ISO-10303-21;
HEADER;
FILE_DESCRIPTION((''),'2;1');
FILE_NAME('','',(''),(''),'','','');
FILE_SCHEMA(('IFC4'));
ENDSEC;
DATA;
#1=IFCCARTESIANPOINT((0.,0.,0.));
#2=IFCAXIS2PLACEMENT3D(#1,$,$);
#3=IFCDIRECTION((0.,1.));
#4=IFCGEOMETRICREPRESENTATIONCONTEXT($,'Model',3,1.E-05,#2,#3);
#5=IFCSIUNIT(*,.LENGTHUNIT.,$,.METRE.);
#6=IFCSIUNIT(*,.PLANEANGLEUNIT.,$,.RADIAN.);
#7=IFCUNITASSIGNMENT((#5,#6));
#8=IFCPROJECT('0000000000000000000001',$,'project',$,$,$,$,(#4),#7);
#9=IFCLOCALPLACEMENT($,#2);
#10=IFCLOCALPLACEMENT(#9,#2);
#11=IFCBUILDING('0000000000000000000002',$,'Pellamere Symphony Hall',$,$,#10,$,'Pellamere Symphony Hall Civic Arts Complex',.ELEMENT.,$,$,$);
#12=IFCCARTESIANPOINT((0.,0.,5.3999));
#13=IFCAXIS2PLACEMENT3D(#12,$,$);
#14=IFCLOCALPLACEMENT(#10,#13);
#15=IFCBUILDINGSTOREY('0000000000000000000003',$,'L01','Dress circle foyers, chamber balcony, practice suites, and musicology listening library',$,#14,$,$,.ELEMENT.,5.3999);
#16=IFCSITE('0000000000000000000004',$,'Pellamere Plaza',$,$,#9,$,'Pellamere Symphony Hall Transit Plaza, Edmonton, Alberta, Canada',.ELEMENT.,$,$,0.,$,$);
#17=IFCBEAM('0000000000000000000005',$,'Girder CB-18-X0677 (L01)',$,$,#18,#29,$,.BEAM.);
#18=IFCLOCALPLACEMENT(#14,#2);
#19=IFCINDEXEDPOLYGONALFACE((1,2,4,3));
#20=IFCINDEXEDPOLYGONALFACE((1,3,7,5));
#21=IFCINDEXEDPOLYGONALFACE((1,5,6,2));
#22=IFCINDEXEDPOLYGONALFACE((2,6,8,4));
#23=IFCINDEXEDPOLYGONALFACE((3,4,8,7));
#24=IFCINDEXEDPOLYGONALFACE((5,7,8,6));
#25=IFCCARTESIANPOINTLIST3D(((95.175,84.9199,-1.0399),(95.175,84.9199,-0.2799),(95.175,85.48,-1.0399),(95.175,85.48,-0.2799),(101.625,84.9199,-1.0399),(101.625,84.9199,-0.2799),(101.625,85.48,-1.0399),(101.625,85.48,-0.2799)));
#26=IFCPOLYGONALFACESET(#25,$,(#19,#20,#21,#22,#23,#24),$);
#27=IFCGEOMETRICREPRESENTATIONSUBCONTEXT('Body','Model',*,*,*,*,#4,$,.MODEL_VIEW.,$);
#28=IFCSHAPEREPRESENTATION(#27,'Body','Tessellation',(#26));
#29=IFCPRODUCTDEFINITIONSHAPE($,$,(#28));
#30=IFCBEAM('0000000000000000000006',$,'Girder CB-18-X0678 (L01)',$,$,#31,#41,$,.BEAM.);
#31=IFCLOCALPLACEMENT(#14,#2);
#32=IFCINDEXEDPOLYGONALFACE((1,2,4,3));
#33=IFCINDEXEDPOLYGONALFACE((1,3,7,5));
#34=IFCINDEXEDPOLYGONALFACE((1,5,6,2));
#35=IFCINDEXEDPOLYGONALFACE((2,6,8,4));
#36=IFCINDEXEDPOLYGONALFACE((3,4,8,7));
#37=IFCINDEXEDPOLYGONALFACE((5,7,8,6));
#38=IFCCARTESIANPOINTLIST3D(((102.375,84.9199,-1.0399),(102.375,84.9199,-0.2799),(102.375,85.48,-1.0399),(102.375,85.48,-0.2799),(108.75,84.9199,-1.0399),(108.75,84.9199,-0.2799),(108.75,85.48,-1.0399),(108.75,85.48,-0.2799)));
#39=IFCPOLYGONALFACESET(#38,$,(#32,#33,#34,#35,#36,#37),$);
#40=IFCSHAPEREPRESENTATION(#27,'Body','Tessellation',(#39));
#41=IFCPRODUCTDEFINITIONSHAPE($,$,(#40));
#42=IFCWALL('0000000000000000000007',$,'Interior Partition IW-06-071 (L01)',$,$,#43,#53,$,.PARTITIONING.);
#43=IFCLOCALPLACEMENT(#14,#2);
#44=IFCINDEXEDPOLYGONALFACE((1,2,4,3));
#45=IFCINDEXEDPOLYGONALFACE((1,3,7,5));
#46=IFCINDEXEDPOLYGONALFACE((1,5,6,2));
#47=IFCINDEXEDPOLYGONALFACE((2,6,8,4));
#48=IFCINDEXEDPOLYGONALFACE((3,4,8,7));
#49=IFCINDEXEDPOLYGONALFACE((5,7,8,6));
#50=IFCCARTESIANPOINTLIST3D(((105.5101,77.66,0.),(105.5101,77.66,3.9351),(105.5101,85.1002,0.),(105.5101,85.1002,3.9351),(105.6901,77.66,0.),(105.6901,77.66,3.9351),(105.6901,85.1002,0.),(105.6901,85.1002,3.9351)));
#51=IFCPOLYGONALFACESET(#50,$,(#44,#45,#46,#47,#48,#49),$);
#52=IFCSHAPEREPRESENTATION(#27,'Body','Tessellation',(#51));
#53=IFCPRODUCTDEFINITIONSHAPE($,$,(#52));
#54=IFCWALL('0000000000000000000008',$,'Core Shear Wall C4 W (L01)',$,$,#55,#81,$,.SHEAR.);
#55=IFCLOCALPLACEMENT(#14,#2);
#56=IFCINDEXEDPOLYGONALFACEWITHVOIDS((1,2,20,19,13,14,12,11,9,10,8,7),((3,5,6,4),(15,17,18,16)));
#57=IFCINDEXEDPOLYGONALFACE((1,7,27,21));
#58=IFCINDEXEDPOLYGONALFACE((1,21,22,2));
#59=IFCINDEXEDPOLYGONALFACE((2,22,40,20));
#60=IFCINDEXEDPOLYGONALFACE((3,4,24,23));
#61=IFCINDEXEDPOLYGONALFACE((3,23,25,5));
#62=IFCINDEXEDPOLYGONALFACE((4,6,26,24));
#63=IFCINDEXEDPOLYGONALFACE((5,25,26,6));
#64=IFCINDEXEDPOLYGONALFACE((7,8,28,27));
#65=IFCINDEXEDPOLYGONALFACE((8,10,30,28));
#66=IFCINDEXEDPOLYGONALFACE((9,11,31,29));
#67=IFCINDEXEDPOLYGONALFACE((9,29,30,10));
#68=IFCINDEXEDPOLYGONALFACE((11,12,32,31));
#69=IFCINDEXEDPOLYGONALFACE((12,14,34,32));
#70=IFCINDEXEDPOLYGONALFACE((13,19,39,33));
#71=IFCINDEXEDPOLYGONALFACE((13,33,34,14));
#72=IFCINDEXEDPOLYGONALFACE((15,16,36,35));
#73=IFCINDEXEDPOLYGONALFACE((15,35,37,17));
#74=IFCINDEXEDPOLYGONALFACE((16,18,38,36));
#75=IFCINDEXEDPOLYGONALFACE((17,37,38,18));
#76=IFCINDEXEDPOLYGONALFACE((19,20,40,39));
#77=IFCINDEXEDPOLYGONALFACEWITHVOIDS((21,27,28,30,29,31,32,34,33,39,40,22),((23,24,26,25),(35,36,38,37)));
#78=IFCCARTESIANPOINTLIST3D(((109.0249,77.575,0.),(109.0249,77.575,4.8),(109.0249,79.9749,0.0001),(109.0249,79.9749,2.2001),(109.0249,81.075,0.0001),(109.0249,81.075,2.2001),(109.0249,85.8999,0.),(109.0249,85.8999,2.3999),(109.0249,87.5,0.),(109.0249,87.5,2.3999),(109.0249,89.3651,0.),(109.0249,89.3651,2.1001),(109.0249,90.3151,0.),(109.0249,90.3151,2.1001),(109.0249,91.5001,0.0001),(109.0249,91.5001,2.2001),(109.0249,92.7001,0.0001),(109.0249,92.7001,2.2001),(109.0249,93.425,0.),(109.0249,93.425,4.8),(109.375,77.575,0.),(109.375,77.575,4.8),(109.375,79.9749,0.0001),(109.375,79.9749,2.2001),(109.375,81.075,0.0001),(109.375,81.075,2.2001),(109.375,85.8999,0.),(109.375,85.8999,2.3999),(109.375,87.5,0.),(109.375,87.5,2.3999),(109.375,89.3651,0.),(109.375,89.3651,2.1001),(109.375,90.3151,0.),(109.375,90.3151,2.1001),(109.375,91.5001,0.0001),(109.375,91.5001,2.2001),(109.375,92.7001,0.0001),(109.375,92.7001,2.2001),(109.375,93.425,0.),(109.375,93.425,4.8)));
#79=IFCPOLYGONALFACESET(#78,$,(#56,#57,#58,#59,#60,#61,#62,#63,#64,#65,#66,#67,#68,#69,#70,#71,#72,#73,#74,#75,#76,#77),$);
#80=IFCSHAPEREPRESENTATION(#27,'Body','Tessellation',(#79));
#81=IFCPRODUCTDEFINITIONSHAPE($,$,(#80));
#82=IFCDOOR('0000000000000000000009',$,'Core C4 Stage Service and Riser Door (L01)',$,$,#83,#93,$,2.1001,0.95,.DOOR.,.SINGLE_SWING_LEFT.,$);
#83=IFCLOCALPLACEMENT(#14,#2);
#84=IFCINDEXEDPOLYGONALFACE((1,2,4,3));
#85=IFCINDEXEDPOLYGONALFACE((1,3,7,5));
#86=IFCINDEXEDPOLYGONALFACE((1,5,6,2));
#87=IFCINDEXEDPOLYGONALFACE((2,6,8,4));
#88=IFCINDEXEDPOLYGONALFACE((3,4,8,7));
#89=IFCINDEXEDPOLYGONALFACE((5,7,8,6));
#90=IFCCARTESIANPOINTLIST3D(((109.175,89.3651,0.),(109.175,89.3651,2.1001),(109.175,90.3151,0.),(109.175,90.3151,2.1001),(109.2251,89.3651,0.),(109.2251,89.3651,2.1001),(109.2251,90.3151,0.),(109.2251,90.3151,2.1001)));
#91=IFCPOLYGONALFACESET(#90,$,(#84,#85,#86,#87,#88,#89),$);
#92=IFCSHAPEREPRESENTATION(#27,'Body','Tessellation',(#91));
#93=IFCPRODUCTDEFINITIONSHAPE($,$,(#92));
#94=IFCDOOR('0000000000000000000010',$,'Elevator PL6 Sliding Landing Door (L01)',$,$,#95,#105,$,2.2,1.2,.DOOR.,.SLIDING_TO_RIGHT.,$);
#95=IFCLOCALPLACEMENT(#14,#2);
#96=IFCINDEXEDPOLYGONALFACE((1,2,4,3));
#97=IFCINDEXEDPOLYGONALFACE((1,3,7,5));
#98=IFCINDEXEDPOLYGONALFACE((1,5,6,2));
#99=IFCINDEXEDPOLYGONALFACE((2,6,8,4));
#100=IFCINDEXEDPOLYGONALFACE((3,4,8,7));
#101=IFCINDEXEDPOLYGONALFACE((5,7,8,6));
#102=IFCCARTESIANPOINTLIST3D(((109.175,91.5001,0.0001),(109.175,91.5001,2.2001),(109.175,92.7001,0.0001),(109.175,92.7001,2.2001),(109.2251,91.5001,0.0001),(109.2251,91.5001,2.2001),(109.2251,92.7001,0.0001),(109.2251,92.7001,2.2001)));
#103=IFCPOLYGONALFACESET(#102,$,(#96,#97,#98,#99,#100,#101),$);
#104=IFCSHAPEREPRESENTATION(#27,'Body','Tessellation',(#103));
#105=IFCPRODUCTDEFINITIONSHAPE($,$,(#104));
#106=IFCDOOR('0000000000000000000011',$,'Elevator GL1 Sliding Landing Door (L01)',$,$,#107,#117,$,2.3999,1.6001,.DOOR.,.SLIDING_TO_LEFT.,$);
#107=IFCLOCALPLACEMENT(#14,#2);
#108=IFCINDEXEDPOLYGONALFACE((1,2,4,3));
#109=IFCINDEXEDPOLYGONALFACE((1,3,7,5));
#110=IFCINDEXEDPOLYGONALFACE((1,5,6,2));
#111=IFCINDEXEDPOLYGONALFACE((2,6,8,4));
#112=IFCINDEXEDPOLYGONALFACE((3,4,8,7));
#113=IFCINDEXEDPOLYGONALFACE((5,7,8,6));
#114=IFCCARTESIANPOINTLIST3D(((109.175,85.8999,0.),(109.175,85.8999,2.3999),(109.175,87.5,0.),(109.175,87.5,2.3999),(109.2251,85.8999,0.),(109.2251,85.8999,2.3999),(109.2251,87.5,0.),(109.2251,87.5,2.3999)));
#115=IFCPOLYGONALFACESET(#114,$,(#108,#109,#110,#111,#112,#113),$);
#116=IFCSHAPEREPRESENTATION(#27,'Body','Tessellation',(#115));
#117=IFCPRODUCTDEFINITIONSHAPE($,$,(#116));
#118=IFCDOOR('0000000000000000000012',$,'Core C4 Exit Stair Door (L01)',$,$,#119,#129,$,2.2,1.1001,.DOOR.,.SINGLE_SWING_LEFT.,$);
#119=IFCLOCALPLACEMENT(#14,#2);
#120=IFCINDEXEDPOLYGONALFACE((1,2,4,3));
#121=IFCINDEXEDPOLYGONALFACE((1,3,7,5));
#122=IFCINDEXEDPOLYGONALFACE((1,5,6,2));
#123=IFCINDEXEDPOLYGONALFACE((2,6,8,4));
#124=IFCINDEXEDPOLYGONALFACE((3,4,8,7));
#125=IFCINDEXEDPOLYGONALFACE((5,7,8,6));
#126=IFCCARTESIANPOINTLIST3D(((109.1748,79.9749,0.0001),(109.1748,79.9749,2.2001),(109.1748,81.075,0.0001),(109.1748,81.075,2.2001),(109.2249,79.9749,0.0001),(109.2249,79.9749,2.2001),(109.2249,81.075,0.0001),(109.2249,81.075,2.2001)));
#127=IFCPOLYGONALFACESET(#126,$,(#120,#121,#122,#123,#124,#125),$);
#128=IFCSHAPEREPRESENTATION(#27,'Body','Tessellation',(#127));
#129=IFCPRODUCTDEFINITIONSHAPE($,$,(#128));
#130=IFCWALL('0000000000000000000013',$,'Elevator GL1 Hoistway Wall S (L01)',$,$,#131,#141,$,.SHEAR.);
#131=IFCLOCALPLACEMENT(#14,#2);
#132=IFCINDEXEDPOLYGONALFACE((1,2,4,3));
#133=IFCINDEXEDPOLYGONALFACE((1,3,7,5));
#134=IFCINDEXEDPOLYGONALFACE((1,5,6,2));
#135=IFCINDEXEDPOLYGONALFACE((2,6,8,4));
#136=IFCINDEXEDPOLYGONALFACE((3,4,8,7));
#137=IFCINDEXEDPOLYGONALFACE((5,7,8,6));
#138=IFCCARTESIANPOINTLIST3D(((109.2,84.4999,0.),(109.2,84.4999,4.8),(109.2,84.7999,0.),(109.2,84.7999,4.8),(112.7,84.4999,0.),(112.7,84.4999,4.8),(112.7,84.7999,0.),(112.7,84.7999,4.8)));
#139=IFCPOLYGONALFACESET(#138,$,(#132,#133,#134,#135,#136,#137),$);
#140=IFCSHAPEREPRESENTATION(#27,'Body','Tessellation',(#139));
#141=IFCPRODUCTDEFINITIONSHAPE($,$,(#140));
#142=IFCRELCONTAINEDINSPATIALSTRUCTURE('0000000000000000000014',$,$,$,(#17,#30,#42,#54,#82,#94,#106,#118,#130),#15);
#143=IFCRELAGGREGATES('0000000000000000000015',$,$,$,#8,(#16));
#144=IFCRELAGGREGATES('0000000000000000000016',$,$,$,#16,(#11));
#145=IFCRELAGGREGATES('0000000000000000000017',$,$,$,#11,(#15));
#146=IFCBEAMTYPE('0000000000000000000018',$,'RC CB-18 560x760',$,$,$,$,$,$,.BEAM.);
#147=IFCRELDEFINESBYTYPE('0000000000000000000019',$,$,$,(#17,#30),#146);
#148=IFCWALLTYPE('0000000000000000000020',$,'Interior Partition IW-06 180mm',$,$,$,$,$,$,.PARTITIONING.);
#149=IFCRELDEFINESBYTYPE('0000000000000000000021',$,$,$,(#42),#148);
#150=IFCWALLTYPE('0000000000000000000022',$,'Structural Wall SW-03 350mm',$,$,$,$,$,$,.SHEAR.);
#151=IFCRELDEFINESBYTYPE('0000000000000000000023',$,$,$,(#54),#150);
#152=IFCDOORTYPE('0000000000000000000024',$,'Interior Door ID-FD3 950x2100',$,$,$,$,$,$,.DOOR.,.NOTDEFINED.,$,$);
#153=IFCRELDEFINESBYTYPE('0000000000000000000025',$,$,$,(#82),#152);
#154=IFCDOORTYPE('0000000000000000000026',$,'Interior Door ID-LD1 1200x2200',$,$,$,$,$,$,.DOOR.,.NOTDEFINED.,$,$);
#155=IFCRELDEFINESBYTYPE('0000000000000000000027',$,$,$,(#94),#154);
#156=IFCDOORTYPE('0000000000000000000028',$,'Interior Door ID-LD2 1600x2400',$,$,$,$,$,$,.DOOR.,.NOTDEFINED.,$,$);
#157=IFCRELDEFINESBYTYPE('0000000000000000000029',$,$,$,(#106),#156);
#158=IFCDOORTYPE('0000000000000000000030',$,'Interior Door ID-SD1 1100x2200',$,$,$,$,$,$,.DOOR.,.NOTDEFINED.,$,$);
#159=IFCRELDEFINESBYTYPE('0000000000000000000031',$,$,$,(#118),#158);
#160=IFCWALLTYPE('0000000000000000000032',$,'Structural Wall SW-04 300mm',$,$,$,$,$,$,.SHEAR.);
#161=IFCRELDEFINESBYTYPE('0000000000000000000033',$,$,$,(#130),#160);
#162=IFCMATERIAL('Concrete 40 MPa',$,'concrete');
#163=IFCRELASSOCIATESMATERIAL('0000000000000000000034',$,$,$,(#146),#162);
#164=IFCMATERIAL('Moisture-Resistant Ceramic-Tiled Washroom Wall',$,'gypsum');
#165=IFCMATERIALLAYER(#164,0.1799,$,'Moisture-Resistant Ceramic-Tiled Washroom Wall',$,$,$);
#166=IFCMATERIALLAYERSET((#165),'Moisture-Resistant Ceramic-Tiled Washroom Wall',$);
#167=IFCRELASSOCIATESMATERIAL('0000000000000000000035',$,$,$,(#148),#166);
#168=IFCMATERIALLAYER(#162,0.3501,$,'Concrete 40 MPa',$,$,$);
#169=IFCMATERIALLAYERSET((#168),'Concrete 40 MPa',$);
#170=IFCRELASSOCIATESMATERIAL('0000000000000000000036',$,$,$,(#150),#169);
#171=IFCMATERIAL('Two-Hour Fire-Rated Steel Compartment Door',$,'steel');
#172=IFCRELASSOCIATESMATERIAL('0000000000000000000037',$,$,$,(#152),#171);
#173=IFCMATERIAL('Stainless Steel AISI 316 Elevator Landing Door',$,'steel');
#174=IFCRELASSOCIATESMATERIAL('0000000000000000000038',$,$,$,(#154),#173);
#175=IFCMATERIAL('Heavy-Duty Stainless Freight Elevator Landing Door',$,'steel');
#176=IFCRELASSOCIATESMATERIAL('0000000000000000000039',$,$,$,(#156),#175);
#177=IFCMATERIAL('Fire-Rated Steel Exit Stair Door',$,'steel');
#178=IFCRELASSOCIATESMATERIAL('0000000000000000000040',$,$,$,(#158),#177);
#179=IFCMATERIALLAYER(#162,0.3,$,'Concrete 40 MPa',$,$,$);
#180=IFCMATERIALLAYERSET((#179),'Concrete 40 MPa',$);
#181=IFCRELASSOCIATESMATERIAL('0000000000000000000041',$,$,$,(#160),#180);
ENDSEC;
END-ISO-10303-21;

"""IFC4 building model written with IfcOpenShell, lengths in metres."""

from ifc_helpers import new_model, si_unit, direction, frame, frame_2d, origin, origin_2d, place, context, subcontext, project, spatial, rectangle, extrude, material, layer, layer_set, material_profile, profile_set, type_object, element, fill, save


model = new_model("IFC4")

# Units and contexts
model_context = context("Model", 3, precision=1e-05, world=origin(), true_north=direction((0.0, 1.0)))
body_context = subcontext(model_context, "Body", "Model", "MODEL_VIEW")
ifc_project = project(units=[si_unit("LENGTHUNIT", "METRE"), si_unit("PLANEANGLEUNIT", "RADIAN")], contexts=[model_context])

# Site, building, storey
site_placement = place(None, origin())
site = spatial("IfcSite", under=ifc_project, at=site_placement, Name="Pellamere Plaza", LongName="Pellamere Symphony Hall Transit Plaza, Edmonton, Alberta, Canada", CompositionType="ELEMENT", RefElevation=0.0)
building_placement = place(site_placement, origin())
building = spatial("IfcBuilding", under=site, at=building_placement, Name="Pellamere Symphony Hall", LongName="Pellamere Symphony Hall Civic Arts Complex", CompositionType="ELEMENT")
storey_placement = place(building_placement, frame((0.0, 0.0, 5.3999)))
storey = spatial("IfcBuildingStorey", under=building, at=storey_placement, Name="L01", Description="Dress circle foyers, chamber balcony, practice suites, and musicology listening library", CompositionType="ELEMENT", Elevation=5.3999)

# Shared definitions
ifc_material_1 = material(Name="Concrete 40 MPa", Category="concrete")

# Beams
ifc_material_profile_1 = material_profile(ifc_material_1, rectangle(XDim=0.5601, YDim=0.76, at=origin_2d()), Name="RC 560x760")
ifc_profile_set_1 = profile_set([ifc_material_profile_1], Name="Concrete 40 MPa")
beam_type_1 = type_object("IfcBeamType", Name="RC CB-18 560x760", PredefinedType="BEAM", material=ifc_profile_set_1)
beam_1_placement = place(storey_placement, frame((95.175, 85.2, -0.6599), z_axis=(1.0, 0.0, 0.0), x_axis=(0.0, 1.0, 0.0)))
element("IfcBeam", 1, at=beam_1_placement, inside=storey, type_object=beam_type_1, Name="Girder CB-18-X0677 (L01)", PredefinedType="BEAM", context=body_context, shape_type="SweptSolid", body=[
    extrude(rectangle(XDim=0.5601, YDim=0.76, at=origin_2d()), origin(), (0.0, 0.0, 1.0), 6.45),
])
beam_2_placement = place(storey_placement, frame((102.375, 85.2, -0.6599), z_axis=(1.0, 0.0, 0.0), x_axis=(0.0, 1.0, 0.0)))
element("IfcBeam", 2, at=beam_2_placement, inside=storey, type_object=beam_type_1, Name="Girder CB-18-X0678 (L01)", PredefinedType="BEAM", context=body_context, shape_type="SweptSolid", body=[
    extrude(rectangle(XDim=0.5601, YDim=0.76, at=origin_2d()), origin(), (0.0, 0.0, 1.0), 6.375),
])

# Wall
ifc_material_2 = material(Name="Moisture-Resistant Ceramic-Tiled Washroom Wall", Category="gypsum")
ifc_layer_1 = layer(ifc_material_2, 0.1799, Name="Moisture-Resistant Ceramic-Tiled Washroom Wall")
ifc_layer_set_1 = layer_set([ifc_layer_1], Name="Moisture-Resistant Ceramic-Tiled Washroom Wall")
wall_type_1 = type_object("IfcWallType", Name="Interior Partition IW-06 180mm", PredefinedType="PARTITIONING", material=ifc_layer_set_1)
wall_1_placement = place(storey_placement, frame((105.6001, 77.6599, 0.0), z_axis=(0.0, 0.0, 1.0), x_axis=(0.0, 1.0, 0.0)))
element("IfcWall", 3, at=wall_1_placement, inside=storey, type_object=wall_type_1, Name="Interior Partition IW-06-071 (L01)", PredefinedType="PARTITIONING", context=body_context, shape_type="SweptSolid", body=[
    extrude(rectangle(XDim=7.4402, YDim=0.1799, at=frame_2d((3.7202, 0.0))), origin(), (0.0, 0.0, 1.0), 3.9351),
])

# Wall, openings, doors
ifc_layer_2 = layer(ifc_material_1, 0.3501, Name="Concrete 40 MPa")
ifc_layer_set_2 = layer_set([ifc_layer_2], Name="Concrete 40 MPa")
wall_type_2 = type_object("IfcWallType", Name="Structural Wall SW-03 350mm", PredefinedType="SHEAR", material=ifc_layer_set_2)
wall_2_placement = place(storey_placement, frame((109.2, 77.575, 0.0), z_axis=(0.0, 0.0, 1.0), x_axis=(0.0, 1.0, 0.0)))
wall_2 = element("IfcWall", 4, at=wall_2_placement, inside=storey, type_object=wall_type_2, Name="Core Shear Wall C4 W (L01)", PredefinedType="SHEAR", context=body_context, shape_type="SweptSolid", body=[
    extrude(rectangle(XDim=15.8501, YDim=0.3501, at=frame_2d((7.925, 0.0))), origin(), (0.0, 0.0, 1.0), 4.8),
])
opening_1_placement = place(wall_2_placement, frame((8.325, 0.0, 0.0)))
opening_1 = element("IfcOpeningElement", 5, at=opening_1_placement, cuts=wall_2, PredefinedType="OPENING", context=body_context, shape_type="SweptSolid", body=[
    extrude(rectangle(XDim=1.6001, YDim=2.3999, at=frame_2d((0.8, 1.2))), frame((0.0, 0.1851, 0.0), z_axis=(0.0, -1.0, 0.0), x_axis=(1.0, 0.0, 0.0)), (0.0, 0.0, 1.0), 0.3701),
])
opening_2_placement = place(wall_2_placement, frame((13.925, 0.0, 0.0)))
opening_2 = element("IfcOpeningElement", 6, at=opening_2_placement, cuts=wall_2, PredefinedType="OPENING", context=body_context, shape_type="SweptSolid", body=[
    extrude(rectangle(XDim=1.2, YDim=2.2, at=frame_2d((0.6001, 1.1001))), frame((0.0, 0.1851, 0.0), z_axis=(0.0, -1.0, 0.0), x_axis=(1.0, 0.0, 0.0)), (0.0, 0.0, 1.0), 0.3701),
])
opening_3_placement = place(wall_2_placement, frame((11.79, 0.0, 0.0)))
opening_3 = element("IfcOpeningElement", 7, at=opening_3_placement, cuts=wall_2, PredefinedType="OPENING", context=body_context, shape_type="SweptSolid", body=[
    extrude(rectangle(XDim=0.95, YDim=2.1001, at=frame_2d((0.4751, 1.05))), frame((0.0, 0.1851, 0.0), z_axis=(0.0, -1.0, 0.0), x_axis=(1.0, 0.0, 0.0)), (0.0, 0.0, 1.0), 0.3701),
])
opening_4_placement = place(wall_2_placement, frame((2.3999, 0.0, 0.0)))
opening_4 = element("IfcOpeningElement", 8, at=opening_4_placement, cuts=wall_2, PredefinedType="OPENING", context=body_context, shape_type="SweptSolid", body=[
    extrude(rectangle(XDim=1.1001, YDim=2.2, at=frame_2d((0.55, 1.1001))), frame((0.0, 0.1851, 0.0), z_axis=(0.0, -1.0, 0.0), x_axis=(1.0, 0.0, 0.0)), (0.0, 0.0, 1.0), 0.3701),
])
ifc_material_3 = material(Name="Two-Hour Fire-Rated Steel Compartment Door", Category="steel")
door_type_1 = type_object("IfcDoorType", Name="Interior Door ID-FD3 950x2100", OperationType="NOTDEFINED", PredefinedType="DOOR", material=ifc_material_3)
door_1_placement = place(opening_3_placement, origin())
door_1 = element("IfcDoor", 9, at=door_1_placement, inside=storey, type_object=door_type_1, Name="Core C4 Stage Service and Riser Door (L01)", OperationType="SINGLE_SWING_LEFT", OverallHeight=2.1001, OverallWidth=0.95, PredefinedType="DOOR", context=body_context, shape_type="SweptSolid", body=[
    extrude(rectangle(XDim=0.95, YDim=2.1001, at=frame_2d((0.4751, 1.05))), frame((0.0, 0.0249, 0.0), z_axis=(0.0, -1.0, 0.0), x_axis=(1.0, 0.0, 0.0)), (0.0, 0.0, 1.0), 0.05),
])
fill(opening_3, door_1)
ifc_material_4 = material(Name="Stainless Steel AISI 316 Elevator Landing Door", Category="steel")
door_type_2 = type_object("IfcDoorType", Name="Interior Door ID-LD1 1200x2200", OperationType="NOTDEFINED", PredefinedType="DOOR", material=ifc_material_4)
door_2_placement = place(opening_2_placement, origin())
door_2 = element("IfcDoor", 10, at=door_2_placement, inside=storey, type_object=door_type_2, Name="Elevator PL6 Sliding Landing Door (L01)", OperationType="SLIDING_TO_RIGHT", OverallHeight=2.2, OverallWidth=1.2, PredefinedType="DOOR", context=body_context, shape_type="SweptSolid", body=[
    extrude(rectangle(XDim=1.2, YDim=2.2, at=frame_2d((0.6001, 1.1001))), frame((0.0, 0.0249, 0.0), z_axis=(0.0, -1.0, 0.0), x_axis=(1.0, 0.0, 0.0)), (0.0, 0.0, 1.0), 0.05),
])
fill(opening_2, door_2)
ifc_material_5 = material(Name="Heavy-Duty Stainless Freight Elevator Landing Door", Category="steel")
door_type_3 = type_object("IfcDoorType", Name="Interior Door ID-LD2 1600x2400", OperationType="NOTDEFINED", PredefinedType="DOOR", material=ifc_material_5)
door_3_placement = place(opening_1_placement, origin())
door_3 = element("IfcDoor", 11, at=door_3_placement, inside=storey, type_object=door_type_3, Name="Elevator GL1 Sliding Landing Door (L01)", OperationType="SLIDING_TO_LEFT", OverallHeight=2.3999, OverallWidth=1.6001, PredefinedType="DOOR", context=body_context, shape_type="SweptSolid", body=[
    extrude(rectangle(XDim=1.6001, YDim=2.3999, at=frame_2d((0.8, 1.2))), frame((0.0, 0.0249, 0.0), z_axis=(0.0, -1.0, 0.0), x_axis=(1.0, 0.0, 0.0)), (0.0, 0.0, 1.0), 0.05),
])
fill(opening_1, door_3)
ifc_material_6 = material(Name="Fire-Rated Steel Exit Stair Door", Category="steel")
door_type_4 = type_object("IfcDoorType", Name="Interior Door ID-SD1 1100x2200", OperationType="NOTDEFINED", PredefinedType="DOOR", material=ifc_material_6)
door_4_placement = place(opening_4_placement, frame((1.1001, 0.0, 0.0), z_axis=(0.0, 0.0, 1.0), x_axis=(-1.0, 0.0, 0.0)))
door_4 = element("IfcDoor", 12, at=door_4_placement, inside=storey, type_object=door_type_4, Name="Core C4 Exit Stair Door (L01)", OperationType="SINGLE_SWING_LEFT", OverallHeight=2.2, OverallWidth=1.1001, PredefinedType="DOOR", context=body_context, shape_type="SweptSolid", body=[
    extrude(rectangle(XDim=1.1001, YDim=2.2, at=frame_2d((0.55, 1.1001))), frame((0.0, 0.0249, 0.0), z_axis=(0.0, -1.0, 0.0), x_axis=(1.0, 0.0, 0.0)), (0.0, 0.0, 1.0), 0.05),
])
fill(opening_4, door_4)

# Wall
ifc_layer_3 = layer(ifc_material_1, 0.3, Name="Concrete 40 MPa")
ifc_layer_set_3 = layer_set([ifc_layer_3], Name="Concrete 40 MPa")
wall_type_3 = type_object("IfcWallType", Name="Structural Wall SW-04 300mm", PredefinedType="SHEAR", material=ifc_layer_set_3)
wall_3_placement = place(storey_placement, frame((109.2, 84.6499, 0.0), z_axis=(0.0, 0.0, 1.0), x_axis=(1.0, 0.0, 0.0)))
element("IfcWall", 13, at=wall_3_placement, inside=storey, type_object=wall_type_3, Name="Elevator GL1 Hoistway Wall S (L01)", PredefinedType="SHEAR", context=body_context, shape_type="SweptSolid", body=[
    extrude(rectangle(XDim=3.5, YDim=0.3, at=frame_2d((1.75, 0.0))), origin(), (0.0, 0.0, 1.0), 4.8),
])

save(model, "model.ifc")
